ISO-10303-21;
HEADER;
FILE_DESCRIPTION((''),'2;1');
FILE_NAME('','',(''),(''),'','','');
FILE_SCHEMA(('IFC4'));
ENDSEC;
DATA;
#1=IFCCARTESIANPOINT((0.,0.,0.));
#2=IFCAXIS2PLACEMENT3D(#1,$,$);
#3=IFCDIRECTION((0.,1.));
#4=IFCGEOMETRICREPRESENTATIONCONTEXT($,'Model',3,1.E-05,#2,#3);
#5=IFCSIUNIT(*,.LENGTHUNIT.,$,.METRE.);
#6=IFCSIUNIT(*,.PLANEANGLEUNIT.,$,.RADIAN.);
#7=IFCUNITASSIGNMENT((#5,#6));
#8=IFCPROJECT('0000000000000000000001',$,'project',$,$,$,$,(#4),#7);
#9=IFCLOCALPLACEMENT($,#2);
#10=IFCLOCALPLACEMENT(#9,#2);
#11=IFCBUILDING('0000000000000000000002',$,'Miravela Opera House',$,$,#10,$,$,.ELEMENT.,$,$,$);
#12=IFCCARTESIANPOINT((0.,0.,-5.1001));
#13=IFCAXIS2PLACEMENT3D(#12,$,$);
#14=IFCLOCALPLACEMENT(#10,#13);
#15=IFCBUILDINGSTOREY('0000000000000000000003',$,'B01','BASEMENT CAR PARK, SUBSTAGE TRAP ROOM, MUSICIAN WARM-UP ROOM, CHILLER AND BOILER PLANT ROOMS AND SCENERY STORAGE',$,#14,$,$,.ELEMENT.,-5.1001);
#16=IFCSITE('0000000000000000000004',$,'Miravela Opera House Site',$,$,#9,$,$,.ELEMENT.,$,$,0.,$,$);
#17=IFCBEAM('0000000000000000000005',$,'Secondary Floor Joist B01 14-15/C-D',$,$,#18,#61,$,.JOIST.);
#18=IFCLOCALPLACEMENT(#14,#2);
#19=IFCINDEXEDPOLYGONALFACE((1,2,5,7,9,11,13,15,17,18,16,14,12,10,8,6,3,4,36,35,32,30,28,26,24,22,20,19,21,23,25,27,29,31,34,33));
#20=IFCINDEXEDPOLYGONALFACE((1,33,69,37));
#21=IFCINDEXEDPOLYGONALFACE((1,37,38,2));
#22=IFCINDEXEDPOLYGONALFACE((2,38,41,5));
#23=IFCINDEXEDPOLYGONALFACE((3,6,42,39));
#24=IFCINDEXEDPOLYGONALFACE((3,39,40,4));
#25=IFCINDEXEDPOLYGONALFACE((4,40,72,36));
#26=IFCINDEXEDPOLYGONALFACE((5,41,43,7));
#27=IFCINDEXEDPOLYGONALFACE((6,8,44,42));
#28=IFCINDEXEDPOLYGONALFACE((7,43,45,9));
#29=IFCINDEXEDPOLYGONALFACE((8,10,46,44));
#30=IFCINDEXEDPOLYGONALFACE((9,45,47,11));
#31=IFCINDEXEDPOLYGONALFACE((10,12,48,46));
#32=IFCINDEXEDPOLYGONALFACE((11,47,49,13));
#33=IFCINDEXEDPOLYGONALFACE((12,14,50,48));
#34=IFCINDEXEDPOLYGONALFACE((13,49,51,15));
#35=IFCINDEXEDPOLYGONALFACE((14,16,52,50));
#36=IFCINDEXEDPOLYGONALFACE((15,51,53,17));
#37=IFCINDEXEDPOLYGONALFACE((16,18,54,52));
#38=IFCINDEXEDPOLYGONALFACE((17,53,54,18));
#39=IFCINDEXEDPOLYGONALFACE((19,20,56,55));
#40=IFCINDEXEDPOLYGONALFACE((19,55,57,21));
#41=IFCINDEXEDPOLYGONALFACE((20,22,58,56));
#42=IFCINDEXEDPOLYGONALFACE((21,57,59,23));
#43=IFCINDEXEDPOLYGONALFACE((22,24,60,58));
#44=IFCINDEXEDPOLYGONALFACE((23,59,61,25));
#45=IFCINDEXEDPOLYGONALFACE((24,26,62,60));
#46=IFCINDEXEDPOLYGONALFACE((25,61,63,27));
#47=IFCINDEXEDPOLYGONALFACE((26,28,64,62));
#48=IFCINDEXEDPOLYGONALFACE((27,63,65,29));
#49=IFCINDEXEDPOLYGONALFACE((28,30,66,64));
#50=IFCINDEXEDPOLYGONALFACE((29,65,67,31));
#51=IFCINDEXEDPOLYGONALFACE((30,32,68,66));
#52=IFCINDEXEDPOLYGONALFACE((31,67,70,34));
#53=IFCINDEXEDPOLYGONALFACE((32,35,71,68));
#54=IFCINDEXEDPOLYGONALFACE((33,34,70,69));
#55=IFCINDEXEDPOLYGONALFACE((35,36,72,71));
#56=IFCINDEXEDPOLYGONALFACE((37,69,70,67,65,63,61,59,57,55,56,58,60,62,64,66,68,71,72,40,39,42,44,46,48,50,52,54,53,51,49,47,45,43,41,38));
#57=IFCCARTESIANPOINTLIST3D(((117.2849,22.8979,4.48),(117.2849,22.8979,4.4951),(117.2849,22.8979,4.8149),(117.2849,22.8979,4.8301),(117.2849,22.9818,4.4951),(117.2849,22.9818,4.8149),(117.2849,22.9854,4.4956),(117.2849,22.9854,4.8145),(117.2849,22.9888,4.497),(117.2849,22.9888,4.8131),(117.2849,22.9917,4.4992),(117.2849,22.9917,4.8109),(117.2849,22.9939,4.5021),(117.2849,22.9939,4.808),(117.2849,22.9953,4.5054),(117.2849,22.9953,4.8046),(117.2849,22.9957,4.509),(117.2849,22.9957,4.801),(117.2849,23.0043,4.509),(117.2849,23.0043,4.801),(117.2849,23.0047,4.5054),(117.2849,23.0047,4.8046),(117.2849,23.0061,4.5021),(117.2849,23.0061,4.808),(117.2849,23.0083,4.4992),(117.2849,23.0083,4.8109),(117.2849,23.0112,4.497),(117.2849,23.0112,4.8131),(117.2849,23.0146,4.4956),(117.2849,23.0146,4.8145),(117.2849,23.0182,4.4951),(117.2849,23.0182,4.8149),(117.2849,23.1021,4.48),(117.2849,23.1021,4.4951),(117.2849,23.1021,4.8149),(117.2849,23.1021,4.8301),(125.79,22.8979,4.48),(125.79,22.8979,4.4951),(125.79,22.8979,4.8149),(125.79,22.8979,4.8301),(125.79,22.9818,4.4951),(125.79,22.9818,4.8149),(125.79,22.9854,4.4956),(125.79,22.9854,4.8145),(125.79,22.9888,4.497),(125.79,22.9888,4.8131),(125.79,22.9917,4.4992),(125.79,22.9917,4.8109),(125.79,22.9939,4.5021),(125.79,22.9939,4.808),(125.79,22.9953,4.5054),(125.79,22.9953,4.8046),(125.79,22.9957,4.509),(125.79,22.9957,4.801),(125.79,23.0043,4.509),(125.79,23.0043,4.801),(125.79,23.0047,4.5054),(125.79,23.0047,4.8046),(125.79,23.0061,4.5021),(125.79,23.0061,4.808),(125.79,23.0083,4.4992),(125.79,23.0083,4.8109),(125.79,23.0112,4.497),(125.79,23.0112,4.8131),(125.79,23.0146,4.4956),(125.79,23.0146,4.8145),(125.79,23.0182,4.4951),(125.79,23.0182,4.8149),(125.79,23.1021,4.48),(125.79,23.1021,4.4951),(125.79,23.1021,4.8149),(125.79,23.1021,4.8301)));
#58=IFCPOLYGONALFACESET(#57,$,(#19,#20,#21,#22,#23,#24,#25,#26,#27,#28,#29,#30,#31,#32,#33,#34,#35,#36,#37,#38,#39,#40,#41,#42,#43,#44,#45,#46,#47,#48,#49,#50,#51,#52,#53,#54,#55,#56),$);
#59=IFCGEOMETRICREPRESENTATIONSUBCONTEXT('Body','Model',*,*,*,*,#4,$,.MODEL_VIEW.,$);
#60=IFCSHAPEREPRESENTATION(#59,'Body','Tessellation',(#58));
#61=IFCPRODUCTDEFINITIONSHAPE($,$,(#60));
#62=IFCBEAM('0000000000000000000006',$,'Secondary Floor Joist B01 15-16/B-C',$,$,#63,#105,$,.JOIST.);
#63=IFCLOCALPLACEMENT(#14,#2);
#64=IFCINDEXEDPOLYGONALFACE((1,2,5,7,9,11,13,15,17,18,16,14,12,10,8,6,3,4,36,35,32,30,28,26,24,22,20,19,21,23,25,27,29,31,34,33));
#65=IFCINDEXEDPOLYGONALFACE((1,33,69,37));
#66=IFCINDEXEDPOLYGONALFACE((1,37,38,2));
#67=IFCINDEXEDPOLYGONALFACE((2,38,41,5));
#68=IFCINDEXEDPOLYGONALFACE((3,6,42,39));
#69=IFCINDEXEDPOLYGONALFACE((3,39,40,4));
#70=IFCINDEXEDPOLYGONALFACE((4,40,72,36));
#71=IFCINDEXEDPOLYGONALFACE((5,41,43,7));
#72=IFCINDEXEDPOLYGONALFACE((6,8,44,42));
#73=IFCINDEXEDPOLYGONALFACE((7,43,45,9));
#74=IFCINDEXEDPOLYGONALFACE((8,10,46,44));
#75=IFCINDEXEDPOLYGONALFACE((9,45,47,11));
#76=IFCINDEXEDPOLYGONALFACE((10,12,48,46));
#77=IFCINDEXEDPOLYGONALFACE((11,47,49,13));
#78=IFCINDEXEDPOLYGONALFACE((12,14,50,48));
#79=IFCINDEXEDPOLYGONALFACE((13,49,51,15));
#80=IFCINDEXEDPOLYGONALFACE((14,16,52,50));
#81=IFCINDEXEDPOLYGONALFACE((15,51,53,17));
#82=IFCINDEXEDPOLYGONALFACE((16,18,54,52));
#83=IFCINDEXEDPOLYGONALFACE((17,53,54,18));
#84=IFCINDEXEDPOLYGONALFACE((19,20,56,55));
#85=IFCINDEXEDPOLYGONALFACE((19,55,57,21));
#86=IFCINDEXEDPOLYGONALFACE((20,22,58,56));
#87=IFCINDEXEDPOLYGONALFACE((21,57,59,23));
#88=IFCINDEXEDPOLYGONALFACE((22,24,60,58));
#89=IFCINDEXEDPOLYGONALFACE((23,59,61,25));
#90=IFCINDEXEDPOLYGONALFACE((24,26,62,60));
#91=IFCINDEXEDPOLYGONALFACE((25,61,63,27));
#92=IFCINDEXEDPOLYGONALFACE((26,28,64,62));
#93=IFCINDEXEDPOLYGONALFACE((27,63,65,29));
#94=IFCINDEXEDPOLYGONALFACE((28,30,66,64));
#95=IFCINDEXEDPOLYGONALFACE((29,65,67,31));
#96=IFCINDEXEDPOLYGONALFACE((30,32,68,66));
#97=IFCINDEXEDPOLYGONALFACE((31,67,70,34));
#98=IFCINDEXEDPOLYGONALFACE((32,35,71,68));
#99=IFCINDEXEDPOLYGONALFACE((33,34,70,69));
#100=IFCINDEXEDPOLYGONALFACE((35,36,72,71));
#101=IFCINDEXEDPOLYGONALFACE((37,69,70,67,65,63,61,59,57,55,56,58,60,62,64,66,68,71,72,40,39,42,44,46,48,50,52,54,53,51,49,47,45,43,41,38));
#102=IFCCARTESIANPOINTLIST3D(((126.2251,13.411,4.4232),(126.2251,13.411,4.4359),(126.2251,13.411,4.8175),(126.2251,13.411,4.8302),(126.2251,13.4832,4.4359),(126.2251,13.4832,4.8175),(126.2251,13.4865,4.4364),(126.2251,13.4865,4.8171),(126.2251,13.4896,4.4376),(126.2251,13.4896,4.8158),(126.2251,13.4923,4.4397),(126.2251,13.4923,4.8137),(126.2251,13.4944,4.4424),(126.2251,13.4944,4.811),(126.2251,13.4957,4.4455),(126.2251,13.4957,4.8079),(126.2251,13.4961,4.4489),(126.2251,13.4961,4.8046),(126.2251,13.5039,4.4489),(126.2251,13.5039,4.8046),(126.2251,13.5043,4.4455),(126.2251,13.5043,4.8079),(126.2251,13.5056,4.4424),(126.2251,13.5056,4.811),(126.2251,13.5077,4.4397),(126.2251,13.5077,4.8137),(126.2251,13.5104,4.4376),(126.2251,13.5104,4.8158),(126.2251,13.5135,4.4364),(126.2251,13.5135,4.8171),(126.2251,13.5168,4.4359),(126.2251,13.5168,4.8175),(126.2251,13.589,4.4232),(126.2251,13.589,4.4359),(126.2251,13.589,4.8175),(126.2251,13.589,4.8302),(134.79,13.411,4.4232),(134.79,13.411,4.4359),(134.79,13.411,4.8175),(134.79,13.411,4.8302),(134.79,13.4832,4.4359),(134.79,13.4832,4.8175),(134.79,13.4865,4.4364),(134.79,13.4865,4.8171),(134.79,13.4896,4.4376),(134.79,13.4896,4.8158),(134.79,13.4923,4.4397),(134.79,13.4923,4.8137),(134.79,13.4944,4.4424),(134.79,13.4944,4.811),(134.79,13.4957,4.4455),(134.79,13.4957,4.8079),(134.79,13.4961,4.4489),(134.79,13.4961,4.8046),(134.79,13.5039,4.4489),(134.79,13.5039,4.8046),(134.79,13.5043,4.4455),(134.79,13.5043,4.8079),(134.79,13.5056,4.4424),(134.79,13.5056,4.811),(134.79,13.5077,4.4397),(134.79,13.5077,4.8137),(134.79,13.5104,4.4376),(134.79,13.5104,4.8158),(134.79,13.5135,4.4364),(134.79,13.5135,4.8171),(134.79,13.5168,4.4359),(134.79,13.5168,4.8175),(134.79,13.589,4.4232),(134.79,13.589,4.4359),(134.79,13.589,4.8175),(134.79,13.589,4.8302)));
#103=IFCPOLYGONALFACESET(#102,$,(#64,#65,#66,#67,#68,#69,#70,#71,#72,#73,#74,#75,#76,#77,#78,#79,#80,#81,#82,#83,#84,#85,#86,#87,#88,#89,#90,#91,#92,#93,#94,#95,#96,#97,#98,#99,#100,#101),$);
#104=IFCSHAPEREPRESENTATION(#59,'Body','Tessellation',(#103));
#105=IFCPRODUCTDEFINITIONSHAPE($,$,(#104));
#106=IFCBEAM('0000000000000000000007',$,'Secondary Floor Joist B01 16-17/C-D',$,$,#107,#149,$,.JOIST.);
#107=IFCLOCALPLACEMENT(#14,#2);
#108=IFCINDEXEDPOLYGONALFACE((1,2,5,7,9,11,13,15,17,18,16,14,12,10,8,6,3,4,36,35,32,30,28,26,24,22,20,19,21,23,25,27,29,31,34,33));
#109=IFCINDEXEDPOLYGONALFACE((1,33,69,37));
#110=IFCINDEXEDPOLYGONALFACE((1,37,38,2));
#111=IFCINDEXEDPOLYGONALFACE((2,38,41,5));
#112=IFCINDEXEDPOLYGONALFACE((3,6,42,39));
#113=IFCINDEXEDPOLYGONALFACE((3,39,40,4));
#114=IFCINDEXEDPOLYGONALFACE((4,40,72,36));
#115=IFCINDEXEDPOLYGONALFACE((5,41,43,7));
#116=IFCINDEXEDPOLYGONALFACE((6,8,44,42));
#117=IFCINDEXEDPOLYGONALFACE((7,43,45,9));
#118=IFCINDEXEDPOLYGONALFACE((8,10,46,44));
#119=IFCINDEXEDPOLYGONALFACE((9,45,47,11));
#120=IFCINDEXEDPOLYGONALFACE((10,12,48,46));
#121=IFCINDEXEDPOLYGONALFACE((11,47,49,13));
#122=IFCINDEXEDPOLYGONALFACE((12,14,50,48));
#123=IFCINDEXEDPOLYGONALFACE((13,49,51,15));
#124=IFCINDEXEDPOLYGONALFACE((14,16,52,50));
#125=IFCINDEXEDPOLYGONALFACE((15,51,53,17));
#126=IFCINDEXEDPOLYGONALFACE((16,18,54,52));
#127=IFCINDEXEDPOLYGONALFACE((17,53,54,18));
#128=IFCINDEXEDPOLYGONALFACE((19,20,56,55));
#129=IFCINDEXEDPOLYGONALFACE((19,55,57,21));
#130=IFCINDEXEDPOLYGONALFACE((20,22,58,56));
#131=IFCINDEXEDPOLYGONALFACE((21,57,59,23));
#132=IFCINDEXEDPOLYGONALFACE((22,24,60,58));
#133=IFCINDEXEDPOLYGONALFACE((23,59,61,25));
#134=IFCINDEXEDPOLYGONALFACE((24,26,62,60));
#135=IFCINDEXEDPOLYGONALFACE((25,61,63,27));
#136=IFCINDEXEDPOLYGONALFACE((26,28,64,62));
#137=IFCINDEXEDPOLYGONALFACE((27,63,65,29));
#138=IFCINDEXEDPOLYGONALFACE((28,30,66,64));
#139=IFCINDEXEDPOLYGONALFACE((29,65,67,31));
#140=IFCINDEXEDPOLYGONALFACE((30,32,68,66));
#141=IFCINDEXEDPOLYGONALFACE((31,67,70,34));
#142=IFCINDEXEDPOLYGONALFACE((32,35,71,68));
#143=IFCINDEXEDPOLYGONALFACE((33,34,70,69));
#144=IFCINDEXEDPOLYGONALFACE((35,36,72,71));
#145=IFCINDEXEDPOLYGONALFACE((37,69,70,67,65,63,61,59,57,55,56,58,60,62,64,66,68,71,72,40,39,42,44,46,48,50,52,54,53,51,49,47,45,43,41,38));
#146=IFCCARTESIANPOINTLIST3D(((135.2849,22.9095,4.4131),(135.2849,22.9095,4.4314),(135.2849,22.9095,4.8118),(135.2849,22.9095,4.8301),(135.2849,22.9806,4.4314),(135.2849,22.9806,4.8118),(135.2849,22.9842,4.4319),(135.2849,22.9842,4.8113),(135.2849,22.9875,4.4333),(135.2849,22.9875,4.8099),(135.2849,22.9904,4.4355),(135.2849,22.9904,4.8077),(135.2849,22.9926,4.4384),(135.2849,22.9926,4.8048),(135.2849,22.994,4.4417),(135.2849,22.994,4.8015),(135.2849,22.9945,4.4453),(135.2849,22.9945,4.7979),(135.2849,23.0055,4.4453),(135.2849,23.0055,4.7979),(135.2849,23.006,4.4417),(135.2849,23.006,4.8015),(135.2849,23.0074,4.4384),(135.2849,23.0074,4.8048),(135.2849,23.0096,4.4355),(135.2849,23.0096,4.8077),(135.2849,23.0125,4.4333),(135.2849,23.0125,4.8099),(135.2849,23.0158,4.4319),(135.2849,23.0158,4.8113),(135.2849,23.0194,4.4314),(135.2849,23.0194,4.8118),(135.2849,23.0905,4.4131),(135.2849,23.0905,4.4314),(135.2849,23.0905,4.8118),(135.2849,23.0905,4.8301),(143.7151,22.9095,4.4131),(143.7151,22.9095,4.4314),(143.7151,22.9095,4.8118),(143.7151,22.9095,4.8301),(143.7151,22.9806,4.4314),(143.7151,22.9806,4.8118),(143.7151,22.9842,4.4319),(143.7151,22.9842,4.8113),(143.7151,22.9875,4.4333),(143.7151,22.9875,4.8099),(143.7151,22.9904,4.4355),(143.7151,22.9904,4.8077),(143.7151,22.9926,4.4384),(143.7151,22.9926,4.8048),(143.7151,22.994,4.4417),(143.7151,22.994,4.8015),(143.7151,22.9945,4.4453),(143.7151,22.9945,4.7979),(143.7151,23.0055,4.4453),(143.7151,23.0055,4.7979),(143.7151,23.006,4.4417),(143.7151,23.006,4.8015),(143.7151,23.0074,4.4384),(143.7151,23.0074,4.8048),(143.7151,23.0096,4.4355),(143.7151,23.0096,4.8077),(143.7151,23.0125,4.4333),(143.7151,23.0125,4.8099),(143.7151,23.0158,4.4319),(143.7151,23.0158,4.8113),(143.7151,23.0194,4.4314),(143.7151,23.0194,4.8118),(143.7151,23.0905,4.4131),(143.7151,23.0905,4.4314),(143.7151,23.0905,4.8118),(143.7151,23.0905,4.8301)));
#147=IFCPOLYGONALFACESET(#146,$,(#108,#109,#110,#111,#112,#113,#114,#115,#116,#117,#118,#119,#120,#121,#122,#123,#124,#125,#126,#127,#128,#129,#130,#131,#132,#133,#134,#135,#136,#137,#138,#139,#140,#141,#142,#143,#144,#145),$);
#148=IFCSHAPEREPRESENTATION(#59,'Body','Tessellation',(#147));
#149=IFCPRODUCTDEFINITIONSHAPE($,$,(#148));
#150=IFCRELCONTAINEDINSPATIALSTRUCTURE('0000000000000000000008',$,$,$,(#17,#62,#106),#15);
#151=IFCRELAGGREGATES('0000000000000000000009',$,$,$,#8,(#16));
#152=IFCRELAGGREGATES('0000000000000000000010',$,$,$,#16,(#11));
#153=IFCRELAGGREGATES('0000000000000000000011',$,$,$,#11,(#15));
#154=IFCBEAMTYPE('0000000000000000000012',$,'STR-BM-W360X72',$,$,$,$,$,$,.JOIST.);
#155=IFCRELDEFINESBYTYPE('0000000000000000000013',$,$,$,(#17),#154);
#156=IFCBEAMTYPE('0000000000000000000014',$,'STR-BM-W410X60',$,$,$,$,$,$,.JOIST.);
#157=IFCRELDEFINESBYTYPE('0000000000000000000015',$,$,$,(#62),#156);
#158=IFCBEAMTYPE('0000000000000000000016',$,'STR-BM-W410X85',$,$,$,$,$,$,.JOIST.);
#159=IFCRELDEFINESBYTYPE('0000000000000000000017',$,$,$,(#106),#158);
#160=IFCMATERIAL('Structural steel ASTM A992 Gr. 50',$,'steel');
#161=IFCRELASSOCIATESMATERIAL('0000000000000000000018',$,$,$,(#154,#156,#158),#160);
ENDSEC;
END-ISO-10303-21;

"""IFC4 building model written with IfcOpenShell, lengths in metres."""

from ifc_helpers import new_model, si_unit, direction, frame, origin, origin_2d, place, context, subcontext, project, spatial, i_section, extrude, material, material_profile, profile_set, type_object, element, save


model = new_model("IFC4")

# Units and contexts
model_context = context("Model", 3, precision=1e-05, world=origin(), true_north=direction((0.0, 1.0)))
body_context = subcontext(model_context, "Body", "Model", "MODEL_VIEW")
ifc_project = project(units=[si_unit("LENGTHUNIT", "METRE"), si_unit("PLANEANGLEUNIT", "RADIAN")], contexts=[model_context])

# Site, building, storey
site_placement = place(None, origin())
site = spatial("IfcSite", under=ifc_project, at=site_placement, Name="Miravela Opera House Site", CompositionType="ELEMENT", RefElevation=0.0)
building_placement = place(site_placement, origin())
building = spatial("IfcBuilding", under=site, at=building_placement, Name="Miravela Opera House", CompositionType="ELEMENT")
storey_placement = place(building_placement, frame((0.0, 0.0, -5.1001)))
storey = spatial("IfcBuildingStorey", under=building, at=storey_placement, Name="B01", Description="BASEMENT CAR PARK, SUBSTAGE TRAP ROOM, MUSICIAN WARM-UP ROOM, CHILLER AND BOILER PLANT ROOMS AND SCENERY STORAGE", CompositionType="ELEMENT", Elevation=-5.1001)

# Beams
ifc_material_1 = material(Name="Structural steel ASTM A992 Gr. 50", Category="steel")
ifc_material_profile_1 = material_profile(ifc_material_1, i_section(OverallWidth=0.2041, OverallDepth=0.3501, WebThickness=0.0085, FlangeThickness=0.0151, FilletRadius=0.0139, at=origin_2d()), Name="W360X72")
ifc_profile_set_1 = profile_set([ifc_material_profile_1])
beam_type_1 = type_object("IfcBeamType", Name="STR-BM-W360X72", PredefinedType="JOIST", material=ifc_profile_set_1)
beam_1_placement = place(storey_placement, frame((117.2849, 23.0, 4.655), z_axis=(1.0, 0.0, 0.0), x_axis=(0.0, 1.0, 0.0)))
element("IfcBeam", 1, at=beam_1_placement, inside=storey, type_object=beam_type_1, Name="Secondary Floor Joist B01 14-15/C-D", PredefinedType="JOIST", context=body_context, shape_type="SweptSolid", body=[
    extrude(i_section(OverallWidth=0.2041, OverallDepth=0.3501, WebThickness=0.0085, FlangeThickness=0.0151, FilletRadius=0.0139, at=origin_2d()), origin(), (0.0, 0.0, 1.0), 8.5051),
])
ifc_material_profile_2 = material_profile(ifc_material_1, i_section(OverallWidth=0.178, OverallDepth=0.407, WebThickness=0.0078, FlangeThickness=0.0127, FilletRadius=0.0129, at=origin_2d()), Name="W410X60")
ifc_profile_set_2 = profile_set([ifc_material_profile_2])
beam_type_2 = type_object("IfcBeamType", Name="STR-BM-W410X60", PredefinedType="JOIST", material=ifc_profile_set_2)
beam_2_placement = place(storey_placement, frame((126.2251, 13.5, 4.6267), z_axis=(1.0, 0.0, 0.0), x_axis=(0.0, 1.0, 0.0)))
element("IfcBeam", 2, at=beam_2_placement, inside=storey, type_object=beam_type_2, Name="Secondary Floor Joist B01 15-16/B-C", PredefinedType="JOIST", context=body_context, shape_type="SweptSolid", body=[
    extrude(i_section(OverallWidth=0.178, OverallDepth=0.407, WebThickness=0.0078, FlangeThickness=0.0127, FilletRadius=0.0129, at=origin_2d()), origin(), (0.0, 0.0, 1.0), 8.5649),
])
ifc_material_profile_3 = material_profile(ifc_material_1, i_section(OverallWidth=0.1809, OverallDepth=0.417, WebThickness=0.011, FlangeThickness=0.0183, FilletRadius=0.0139, at=origin_2d()), Name="W410X85")
ifc_profile_set_3 = profile_set([ifc_material_profile_3])
beam_type_3 = type_object("IfcBeamType", Name="STR-BM-W410X85", PredefinedType="JOIST", material=ifc_profile_set_3)
beam_3_placement = place(storey_placement, frame((135.2849, 23.0, 4.6216), z_axis=(1.0, 0.0, 0.0), x_axis=(0.0, 1.0, 0.0)))
element("IfcBeam", 3, at=beam_3_placement, inside=storey, type_object=beam_type_3, Name="Secondary Floor Joist B01 16-17/C-D", PredefinedType="JOIST", context=body_context, shape_type="SweptSolid", body=[
    extrude(i_section(OverallWidth=0.1809, OverallDepth=0.417, WebThickness=0.011, FlangeThickness=0.0183, FilletRadius=0.0139, at=origin_2d()), origin(), (0.0, 0.0, 1.0), 8.4302),
])

save(model, "model.ifc")
